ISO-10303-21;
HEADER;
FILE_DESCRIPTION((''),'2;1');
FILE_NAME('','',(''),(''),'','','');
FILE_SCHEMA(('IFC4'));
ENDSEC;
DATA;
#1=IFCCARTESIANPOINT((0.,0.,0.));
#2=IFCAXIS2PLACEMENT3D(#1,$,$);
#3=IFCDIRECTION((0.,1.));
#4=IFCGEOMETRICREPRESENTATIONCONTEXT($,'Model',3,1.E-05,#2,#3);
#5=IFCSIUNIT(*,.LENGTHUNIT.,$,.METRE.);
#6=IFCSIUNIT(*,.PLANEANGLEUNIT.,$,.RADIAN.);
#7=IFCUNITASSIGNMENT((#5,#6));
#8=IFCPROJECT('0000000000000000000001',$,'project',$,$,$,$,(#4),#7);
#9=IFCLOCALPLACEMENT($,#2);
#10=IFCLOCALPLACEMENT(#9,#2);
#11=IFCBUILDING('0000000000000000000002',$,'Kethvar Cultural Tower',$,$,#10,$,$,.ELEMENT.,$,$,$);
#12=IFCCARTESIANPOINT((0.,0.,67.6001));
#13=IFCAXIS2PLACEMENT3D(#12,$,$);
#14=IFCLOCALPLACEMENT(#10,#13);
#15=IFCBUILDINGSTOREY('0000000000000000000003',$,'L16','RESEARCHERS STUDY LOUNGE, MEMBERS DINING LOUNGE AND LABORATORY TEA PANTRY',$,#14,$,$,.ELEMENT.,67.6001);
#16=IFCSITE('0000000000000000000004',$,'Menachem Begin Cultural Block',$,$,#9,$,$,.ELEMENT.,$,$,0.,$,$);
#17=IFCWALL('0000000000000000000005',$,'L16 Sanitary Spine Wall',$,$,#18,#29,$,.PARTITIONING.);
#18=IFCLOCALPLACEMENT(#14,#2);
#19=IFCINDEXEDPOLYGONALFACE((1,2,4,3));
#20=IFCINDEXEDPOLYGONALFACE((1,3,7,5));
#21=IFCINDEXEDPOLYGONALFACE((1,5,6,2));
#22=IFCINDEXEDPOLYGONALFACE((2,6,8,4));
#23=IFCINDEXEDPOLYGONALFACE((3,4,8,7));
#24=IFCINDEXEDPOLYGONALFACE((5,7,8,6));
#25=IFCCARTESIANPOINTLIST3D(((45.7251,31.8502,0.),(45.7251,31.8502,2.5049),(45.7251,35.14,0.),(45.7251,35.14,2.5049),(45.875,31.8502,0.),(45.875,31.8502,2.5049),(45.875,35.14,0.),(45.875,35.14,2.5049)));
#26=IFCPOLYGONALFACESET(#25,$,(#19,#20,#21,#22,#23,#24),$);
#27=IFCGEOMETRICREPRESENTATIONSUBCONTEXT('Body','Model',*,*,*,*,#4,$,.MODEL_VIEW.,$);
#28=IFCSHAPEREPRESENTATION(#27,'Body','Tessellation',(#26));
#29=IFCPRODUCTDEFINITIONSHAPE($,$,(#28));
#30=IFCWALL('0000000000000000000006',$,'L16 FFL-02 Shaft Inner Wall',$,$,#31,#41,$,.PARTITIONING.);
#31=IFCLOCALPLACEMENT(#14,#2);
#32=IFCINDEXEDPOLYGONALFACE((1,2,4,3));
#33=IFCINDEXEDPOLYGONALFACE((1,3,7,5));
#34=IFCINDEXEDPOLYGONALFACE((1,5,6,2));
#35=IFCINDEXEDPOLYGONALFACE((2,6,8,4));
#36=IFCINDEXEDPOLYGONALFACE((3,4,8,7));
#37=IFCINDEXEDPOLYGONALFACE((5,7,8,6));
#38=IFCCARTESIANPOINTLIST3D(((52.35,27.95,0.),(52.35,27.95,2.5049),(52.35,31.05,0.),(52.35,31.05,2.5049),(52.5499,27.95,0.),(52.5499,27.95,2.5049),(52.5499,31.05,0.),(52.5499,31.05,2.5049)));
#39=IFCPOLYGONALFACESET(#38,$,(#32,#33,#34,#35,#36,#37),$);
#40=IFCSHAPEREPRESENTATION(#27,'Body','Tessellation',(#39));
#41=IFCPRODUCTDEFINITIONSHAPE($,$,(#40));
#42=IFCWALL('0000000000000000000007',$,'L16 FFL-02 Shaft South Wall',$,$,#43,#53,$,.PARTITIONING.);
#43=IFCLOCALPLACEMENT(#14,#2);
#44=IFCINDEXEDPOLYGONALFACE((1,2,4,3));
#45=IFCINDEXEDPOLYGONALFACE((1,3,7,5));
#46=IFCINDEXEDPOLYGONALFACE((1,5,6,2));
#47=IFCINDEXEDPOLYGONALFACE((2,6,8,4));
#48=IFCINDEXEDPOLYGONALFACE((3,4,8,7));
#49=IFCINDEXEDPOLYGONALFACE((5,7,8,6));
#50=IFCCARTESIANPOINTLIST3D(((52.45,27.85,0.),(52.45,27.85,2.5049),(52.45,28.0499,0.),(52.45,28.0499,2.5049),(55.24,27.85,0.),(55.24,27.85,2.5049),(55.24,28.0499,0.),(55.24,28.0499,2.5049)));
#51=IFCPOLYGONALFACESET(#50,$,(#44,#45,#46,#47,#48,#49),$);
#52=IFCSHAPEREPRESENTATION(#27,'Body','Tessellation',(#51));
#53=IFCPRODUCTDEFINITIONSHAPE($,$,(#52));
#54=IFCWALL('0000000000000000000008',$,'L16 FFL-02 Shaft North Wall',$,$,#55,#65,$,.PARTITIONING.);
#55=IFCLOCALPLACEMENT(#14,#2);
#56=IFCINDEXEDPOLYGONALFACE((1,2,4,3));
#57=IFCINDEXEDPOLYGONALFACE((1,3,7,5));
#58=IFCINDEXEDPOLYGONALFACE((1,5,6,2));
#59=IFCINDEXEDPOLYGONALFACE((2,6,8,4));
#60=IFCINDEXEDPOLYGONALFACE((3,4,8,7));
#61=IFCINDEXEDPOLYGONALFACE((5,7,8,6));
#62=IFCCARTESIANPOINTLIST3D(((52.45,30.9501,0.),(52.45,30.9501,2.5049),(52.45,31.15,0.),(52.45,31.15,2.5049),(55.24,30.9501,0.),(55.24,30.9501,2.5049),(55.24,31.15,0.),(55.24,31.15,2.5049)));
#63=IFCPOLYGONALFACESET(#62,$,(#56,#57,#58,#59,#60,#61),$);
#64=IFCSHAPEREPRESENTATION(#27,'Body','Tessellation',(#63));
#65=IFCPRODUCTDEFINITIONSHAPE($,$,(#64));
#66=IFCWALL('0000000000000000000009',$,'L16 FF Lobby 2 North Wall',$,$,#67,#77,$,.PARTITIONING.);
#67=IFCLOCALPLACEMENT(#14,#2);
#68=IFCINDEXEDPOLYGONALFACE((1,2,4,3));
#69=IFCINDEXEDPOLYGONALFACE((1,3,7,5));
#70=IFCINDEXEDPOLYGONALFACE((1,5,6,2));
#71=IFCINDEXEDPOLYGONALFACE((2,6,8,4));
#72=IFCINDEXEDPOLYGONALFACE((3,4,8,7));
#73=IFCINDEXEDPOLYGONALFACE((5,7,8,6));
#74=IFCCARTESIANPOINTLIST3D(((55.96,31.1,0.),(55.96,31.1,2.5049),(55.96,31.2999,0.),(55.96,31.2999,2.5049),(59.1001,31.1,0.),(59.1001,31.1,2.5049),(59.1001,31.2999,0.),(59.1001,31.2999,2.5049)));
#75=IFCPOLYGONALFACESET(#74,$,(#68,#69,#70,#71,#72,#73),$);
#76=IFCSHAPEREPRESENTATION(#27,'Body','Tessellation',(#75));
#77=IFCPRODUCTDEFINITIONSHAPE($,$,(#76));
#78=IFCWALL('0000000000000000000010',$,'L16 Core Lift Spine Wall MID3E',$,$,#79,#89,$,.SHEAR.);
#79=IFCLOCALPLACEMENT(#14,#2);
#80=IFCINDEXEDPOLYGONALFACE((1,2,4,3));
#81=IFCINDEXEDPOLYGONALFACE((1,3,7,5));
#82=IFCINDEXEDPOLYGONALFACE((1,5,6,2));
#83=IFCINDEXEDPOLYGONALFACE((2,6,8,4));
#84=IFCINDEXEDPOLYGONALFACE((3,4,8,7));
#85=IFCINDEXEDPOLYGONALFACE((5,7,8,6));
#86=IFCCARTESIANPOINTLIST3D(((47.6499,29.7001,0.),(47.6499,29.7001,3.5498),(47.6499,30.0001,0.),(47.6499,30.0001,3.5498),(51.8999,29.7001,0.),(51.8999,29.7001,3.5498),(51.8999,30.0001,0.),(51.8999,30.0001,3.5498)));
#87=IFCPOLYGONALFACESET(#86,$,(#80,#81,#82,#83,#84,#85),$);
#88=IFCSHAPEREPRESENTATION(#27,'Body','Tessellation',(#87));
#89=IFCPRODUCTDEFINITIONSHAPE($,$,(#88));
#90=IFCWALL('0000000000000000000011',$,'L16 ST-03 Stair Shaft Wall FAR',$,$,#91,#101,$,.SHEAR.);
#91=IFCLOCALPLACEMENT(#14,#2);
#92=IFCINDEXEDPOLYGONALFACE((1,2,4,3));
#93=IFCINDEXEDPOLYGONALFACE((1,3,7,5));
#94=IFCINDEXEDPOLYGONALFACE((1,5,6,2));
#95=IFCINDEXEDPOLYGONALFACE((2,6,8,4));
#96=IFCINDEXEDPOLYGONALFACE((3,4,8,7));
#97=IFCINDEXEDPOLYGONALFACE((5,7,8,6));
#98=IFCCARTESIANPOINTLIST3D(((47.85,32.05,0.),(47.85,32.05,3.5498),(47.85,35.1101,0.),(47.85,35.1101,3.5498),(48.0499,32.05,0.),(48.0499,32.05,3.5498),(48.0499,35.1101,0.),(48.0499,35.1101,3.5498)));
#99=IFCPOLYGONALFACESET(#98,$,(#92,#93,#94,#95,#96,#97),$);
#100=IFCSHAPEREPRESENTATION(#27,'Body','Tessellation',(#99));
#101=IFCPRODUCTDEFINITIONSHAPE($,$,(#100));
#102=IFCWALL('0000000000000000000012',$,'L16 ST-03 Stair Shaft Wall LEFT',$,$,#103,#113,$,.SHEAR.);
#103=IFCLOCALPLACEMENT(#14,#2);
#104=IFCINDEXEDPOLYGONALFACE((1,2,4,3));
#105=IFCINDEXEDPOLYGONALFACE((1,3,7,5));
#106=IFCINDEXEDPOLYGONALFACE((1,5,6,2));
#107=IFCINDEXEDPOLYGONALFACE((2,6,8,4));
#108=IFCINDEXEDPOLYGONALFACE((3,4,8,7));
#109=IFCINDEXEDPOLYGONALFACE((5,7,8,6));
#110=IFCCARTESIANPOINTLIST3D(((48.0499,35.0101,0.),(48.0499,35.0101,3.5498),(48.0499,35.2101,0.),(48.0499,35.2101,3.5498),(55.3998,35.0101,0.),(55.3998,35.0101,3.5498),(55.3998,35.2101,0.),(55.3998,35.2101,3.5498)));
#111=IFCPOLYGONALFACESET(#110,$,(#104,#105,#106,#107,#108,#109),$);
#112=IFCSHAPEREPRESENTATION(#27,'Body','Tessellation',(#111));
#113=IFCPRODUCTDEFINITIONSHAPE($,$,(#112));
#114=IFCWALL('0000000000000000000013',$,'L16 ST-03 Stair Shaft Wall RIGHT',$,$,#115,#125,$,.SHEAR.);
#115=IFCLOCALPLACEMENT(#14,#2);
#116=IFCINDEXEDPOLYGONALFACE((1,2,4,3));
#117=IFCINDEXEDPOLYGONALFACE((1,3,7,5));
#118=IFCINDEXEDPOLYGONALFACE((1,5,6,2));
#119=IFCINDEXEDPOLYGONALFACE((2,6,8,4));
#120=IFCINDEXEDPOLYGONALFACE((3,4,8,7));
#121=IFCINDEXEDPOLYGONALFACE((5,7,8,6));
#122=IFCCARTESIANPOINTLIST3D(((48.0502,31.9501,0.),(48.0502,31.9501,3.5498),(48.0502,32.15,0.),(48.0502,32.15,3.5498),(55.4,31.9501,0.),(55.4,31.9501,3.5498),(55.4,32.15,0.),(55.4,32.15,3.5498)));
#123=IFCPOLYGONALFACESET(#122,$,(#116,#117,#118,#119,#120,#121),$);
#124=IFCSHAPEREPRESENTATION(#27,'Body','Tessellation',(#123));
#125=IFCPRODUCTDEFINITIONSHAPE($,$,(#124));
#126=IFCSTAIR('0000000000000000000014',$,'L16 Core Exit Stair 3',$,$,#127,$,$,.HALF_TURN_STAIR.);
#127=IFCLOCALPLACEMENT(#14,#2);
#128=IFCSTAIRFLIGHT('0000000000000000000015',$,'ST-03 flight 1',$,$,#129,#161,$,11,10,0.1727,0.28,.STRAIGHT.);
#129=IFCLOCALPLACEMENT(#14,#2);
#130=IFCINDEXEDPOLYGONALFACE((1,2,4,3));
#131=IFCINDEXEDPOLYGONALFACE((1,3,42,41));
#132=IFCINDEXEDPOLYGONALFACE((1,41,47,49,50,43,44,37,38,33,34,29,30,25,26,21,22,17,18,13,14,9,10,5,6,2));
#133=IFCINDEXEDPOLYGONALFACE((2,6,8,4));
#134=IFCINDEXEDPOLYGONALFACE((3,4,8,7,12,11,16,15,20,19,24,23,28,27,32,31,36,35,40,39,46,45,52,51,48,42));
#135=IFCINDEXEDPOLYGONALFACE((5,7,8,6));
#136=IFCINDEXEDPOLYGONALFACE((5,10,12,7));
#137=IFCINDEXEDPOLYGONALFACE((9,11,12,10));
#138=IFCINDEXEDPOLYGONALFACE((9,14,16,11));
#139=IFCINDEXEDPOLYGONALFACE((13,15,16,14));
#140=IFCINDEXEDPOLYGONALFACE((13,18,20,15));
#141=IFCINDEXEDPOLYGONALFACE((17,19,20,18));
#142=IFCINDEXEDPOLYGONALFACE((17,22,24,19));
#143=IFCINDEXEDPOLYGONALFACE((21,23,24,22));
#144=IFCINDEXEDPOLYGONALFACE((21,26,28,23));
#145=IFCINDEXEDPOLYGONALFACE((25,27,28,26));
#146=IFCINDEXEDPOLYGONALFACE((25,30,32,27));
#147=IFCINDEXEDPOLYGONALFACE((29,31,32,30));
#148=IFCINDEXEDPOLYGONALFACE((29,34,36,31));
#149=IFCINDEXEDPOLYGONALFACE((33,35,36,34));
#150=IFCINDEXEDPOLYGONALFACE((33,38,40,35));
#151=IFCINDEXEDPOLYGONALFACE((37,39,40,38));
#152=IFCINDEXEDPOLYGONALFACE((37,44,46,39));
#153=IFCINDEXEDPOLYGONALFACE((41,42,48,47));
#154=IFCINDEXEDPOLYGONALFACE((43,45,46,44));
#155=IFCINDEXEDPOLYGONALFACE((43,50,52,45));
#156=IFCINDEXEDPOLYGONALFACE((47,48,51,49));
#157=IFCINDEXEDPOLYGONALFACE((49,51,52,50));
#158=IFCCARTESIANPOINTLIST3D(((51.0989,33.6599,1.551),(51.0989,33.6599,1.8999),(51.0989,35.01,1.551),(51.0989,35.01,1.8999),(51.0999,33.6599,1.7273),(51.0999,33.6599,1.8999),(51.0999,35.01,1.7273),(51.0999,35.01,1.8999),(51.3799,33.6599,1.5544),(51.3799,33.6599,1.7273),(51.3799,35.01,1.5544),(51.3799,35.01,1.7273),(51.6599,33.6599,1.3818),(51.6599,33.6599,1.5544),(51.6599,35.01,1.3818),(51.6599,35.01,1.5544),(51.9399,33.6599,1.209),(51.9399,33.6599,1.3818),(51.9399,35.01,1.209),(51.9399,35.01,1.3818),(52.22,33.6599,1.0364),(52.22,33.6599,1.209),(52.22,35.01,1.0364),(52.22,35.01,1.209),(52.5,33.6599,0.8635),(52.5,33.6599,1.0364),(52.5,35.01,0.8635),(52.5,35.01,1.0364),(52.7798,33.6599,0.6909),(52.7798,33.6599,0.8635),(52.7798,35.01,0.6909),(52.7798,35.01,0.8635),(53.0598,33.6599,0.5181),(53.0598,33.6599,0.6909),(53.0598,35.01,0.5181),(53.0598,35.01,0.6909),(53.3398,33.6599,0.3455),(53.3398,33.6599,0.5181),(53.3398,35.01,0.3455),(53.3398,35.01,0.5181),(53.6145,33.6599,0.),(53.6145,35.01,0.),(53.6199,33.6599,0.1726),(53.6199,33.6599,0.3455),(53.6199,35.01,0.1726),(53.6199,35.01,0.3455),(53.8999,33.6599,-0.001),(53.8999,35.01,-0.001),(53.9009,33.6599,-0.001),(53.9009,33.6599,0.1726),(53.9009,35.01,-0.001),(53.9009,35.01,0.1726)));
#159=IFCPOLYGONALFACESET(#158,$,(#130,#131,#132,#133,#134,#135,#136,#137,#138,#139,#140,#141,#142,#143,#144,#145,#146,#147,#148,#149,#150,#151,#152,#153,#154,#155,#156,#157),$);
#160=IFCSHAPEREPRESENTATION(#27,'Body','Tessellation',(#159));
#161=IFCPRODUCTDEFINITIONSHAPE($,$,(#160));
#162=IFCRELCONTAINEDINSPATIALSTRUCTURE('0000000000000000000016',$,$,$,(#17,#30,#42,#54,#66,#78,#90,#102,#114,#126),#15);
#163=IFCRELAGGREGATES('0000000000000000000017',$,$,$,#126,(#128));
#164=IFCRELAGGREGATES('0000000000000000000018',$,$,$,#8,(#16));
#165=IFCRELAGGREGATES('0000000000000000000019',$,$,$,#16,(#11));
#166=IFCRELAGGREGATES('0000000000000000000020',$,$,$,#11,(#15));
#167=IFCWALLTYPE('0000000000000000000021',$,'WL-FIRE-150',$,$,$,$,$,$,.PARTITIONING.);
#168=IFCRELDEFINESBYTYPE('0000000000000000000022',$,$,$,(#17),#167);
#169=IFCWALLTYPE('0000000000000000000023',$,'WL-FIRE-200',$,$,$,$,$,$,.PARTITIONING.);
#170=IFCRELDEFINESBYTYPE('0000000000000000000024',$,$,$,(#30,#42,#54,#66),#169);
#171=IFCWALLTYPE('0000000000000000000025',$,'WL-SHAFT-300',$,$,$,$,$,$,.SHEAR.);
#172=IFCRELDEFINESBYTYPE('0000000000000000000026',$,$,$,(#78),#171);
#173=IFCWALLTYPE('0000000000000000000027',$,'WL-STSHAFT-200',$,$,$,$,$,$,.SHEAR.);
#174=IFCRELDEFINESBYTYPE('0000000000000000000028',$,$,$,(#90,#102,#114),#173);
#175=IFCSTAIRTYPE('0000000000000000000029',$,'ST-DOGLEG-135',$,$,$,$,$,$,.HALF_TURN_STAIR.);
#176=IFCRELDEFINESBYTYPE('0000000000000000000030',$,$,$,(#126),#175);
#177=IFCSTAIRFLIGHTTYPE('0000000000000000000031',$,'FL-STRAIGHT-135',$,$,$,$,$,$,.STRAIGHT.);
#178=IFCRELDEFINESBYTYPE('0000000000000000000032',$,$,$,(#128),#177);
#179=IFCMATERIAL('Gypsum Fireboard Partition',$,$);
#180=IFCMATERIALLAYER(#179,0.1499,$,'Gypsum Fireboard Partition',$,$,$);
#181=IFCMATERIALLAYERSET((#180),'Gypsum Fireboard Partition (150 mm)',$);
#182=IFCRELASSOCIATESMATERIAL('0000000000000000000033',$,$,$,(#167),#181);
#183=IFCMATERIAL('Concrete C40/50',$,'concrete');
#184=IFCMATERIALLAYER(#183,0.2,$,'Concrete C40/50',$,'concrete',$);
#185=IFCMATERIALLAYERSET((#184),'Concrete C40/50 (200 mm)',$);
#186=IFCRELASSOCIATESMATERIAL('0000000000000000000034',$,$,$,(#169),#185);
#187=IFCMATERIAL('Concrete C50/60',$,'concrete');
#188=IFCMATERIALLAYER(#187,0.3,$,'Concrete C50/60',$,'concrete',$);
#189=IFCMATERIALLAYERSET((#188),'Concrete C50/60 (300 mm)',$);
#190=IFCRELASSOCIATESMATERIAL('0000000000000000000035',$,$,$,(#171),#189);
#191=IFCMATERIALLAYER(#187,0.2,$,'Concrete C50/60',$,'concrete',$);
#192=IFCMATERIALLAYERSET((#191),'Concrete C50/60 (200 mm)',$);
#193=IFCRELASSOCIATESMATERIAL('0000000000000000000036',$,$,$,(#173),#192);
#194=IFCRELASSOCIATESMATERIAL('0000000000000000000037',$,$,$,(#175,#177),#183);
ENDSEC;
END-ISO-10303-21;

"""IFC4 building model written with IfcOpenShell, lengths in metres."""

from ifc_helpers import new_model, si_unit, direction, frame, frame_2d, origin, place, context, subcontext, project, spatial, polyline, rectangle, outline, extrude, material, layer, layer_set, type_object, element, aggregate, save


model = new_model("IFC4")

# Units and contexts
model_context = context("Model", 3, precision=1e-05, world=origin(), true_north=direction((0.0, 1.0)))
body_context = subcontext(model_context, "Body", "Model", "MODEL_VIEW")
ifc_project = project(units=[si_unit("LENGTHUNIT", "METRE"), si_unit("PLANEANGLEUNIT", "RADIAN")], contexts=[model_context])

# Site, building, storey
site_placement = place(None, origin())
site = spatial("IfcSite", under=ifc_project, at=site_placement, Name="Menachem Begin Cultural Block", CompositionType="ELEMENT", RefElevation=0.0)
building_placement = place(site_placement, origin())
building = spatial("IfcBuilding", under=site, at=building_placement, Name="Kethvar Cultural Tower", CompositionType="ELEMENT")
storey_placement = place(building_placement, frame((0.0, 0.0, 67.6001)))
storey = spatial("IfcBuildingStorey", under=building, at=storey_placement, Name="L16", Description="RESEARCHERS STUDY LOUNGE, MEMBERS DINING LOUNGE AND LABORATORY TEA PANTRY", CompositionType="ELEMENT", Elevation=67.6001)

# Walls
ifc_material_1 = material(Name="Gypsum Fireboard Partition")
ifc_layer_1 = layer(ifc_material_1, 0.1499, Name="Gypsum Fireboard Partition")
ifc_layer_set_1 = layer_set([ifc_layer_1], Name="Gypsum Fireboard Partition (150 mm)")
wall_type_1 = type_object("IfcWallType", Name="WL-FIRE-150", PredefinedType="PARTITIONING", material=ifc_layer_set_1)
wall_1_placement = place(storey_placement, frame((45.8, 31.8501, 0.0), z_axis=(0.0, 0.0, 1.0), x_axis=(0.0, 1.0, 0.0)))
element("IfcWall", 1, at=wall_1_placement, inside=storey, type_object=wall_type_1, Name="L16 Sanitary Spine Wall", PredefinedType="PARTITIONING", context=body_context, shape_type="SweptSolid", body=[
    extrude(rectangle(XDim=3.2898, YDim=0.1499, at=frame_2d((1.645, 0.0))), origin(), (0.0, 0.0, 1.0), 2.5049),
])
ifc_material_2 = material(Name="Concrete C40/50", Category="concrete")
ifc_layer_2 = layer(ifc_material_2, 0.2, Name="Concrete C40/50", Category="concrete")
ifc_layer_set_2 = layer_set([ifc_layer_2], Name="Concrete C40/50 (200 mm)")
wall_type_2 = type_object("IfcWallType", Name="WL-FIRE-200", PredefinedType="PARTITIONING", material=ifc_layer_set_2)
wall_2_placement = place(storey_placement, frame((52.45, 27.95, 0.0), z_axis=(0.0, 0.0, 1.0), x_axis=(0.0, 1.0, 0.0)))
element("IfcWall", 2, at=wall_2_placement, inside=storey, type_object=wall_type_2, Name="L16 FFL-02 Shaft Inner Wall", PredefinedType="PARTITIONING", context=body_context, shape_type="SweptSolid", body=[
    extrude(rectangle(XDim=3.1001, YDim=0.2, at=frame_2d((1.55, 0.0))), origin(), (0.0, 0.0, 1.0), 2.5049),
])
for number, where, z_axis, x_axis, name in (
    (3, (52.45, 27.95, 0.0), (0.0, 0.0, 1.0), (1.0, 0.0, 0.0), "L16 FFL-02 Shaft South Wall"),
    (4, (52.45, 31.05, 0.0), (0.0, 0.0, 1.0), (1.0, 0.0, 0.0), "L16 FFL-02 Shaft North Wall"),
):
    element("IfcWall", number, at=place(storey_placement, frame(where, z_axis=z_axis, x_axis=x_axis)), inside=storey, type_object=wall_type_2, Name=name, PredefinedType="PARTITIONING", context=body_context, shape_type="SweptSolid", body=[
        extrude(rectangle(XDim=2.79, YDim=0.2, at=frame_2d((1.395, 0.0))), origin(), (0.0, 0.0, 1.0), 2.5049),
    ])
wall_3_placement = place(storey_placement, frame((55.96, 31.2, 0.0), z_axis=(0.0, 0.0, 1.0), x_axis=(1.0, 0.0, 0.0)))
element("IfcWall", 5, at=wall_3_placement, inside=storey, type_object=wall_type_2, Name="L16 FF Lobby 2 North Wall", PredefinedType="PARTITIONING", context=body_context, shape_type="SweptSolid", body=[
    extrude(rectangle(XDim=3.1401, YDim=0.2, at=frame_2d((1.5701, 0.0))), origin(), (0.0, 0.0, 1.0), 2.5049),
])
ifc_material_3 = material(Name="Concrete C50/60", Category="concrete")
ifc_layer_3 = layer(ifc_material_3, 0.3, Name="Concrete C50/60", Category="concrete")
ifc_layer_set_3 = layer_set([ifc_layer_3], Name="Concrete C50/60 (300 mm)")
wall_type_3 = type_object("IfcWallType", Name="WL-SHAFT-300", PredefinedType="SHEAR", material=ifc_layer_set_3)
wall_4_placement = place(storey_placement, frame((47.6499, 29.8501, 0.0), z_axis=(0.0, 0.0, 1.0), x_axis=(1.0, 0.0, 0.0)))
element("IfcWall", 6, at=wall_4_placement, inside=storey, type_object=wall_type_3, Name="L16 Core Lift Spine Wall MID3E", PredefinedType="SHEAR", context=body_context, shape_type="SweptSolid", body=[
    extrude(rectangle(XDim=4.25, YDim=0.3, at=frame_2d((2.125, 0.0))), origin(), (0.0, 0.0, 1.0), 3.5498),
])
ifc_layer_4 = layer(ifc_material_3, 0.2, Name="Concrete C50/60", Category="concrete")
ifc_layer_set_4 = layer_set([ifc_layer_4], Name="Concrete C50/60 (200 mm)")
wall_type_4 = type_object("IfcWallType", Name="WL-STSHAFT-200", PredefinedType="SHEAR", material=ifc_layer_set_4)
wall_5_placement = place(storey_placement, frame((47.95, 32.05, 0.0), z_axis=(0.0, 0.0, 1.0), x_axis=(0.0, 1.0, 0.0)))
element("IfcWall", 7, at=wall_5_placement, inside=storey, type_object=wall_type_4, Name="L16 ST-03 Stair Shaft Wall FAR", PredefinedType="SHEAR", context=body_context, shape_type="SweptSolid", body=[
    extrude(rectangle(XDim=3.0601, YDim=0.2, at=frame_2d((1.53, 0.0))), origin(), (0.0, 0.0, 1.0), 3.5498),
])
for number, where, z_axis, x_axis, name in (
    (8, (48.05, 35.1101, 0.0), (0.0, 0.0, 1.0), (1.0, 0.0, 0.0), "L16 ST-03 Stair Shaft Wall LEFT"),
    (9, (55.3999, 32.05, 0.0), (0.0, 0.0, 1.0), (-1.0, 0.0, 0.0), "L16 ST-03 Stair Shaft Wall RIGHT"),
):
    element("IfcWall", number, at=place(storey_placement, frame(where, z_axis=z_axis, x_axis=x_axis)), inside=storey, type_object=wall_type_4, Name=name, PredefinedType="SHEAR", context=body_context, shape_type="SweptSolid", body=[
        extrude(rectangle(XDim=7.3499, YDim=0.2, at=frame_2d((3.6748, 0.0))), origin(), (0.0, 0.0, 1.0), 3.5498),
    ])

# Stair, stair flight
stair_type = type_object("IfcStairType", Name="ST-DOGLEG-135", PredefinedType="HALF_TURN_STAIR", material=ifc_material_2)
stair_placement = place(storey_placement, origin())
stair = element("IfcStair", 10, at=stair_placement, inside=storey, type_object=stair_type, Name="L16 Core Exit Stair 3", PredefinedType="HALF_TURN_STAIR")
stair_flight_type = type_object("IfcStairFlightType", Name="FL-STRAIGHT-135", PredefinedType="STRAIGHT", material=ifc_material_2)
stair_flight_1_placement = place(storey_placement, frame((53.8999, 34.335, 0.0), z_axis=(0.0, 0.0, 1.0), x_axis=(-1.0, 0.0, 0.0)))
stair_flight_1 = element("IfcStairFlight", 11, at=stair_flight_1_placement, type_object=stair_flight_type, Name="ST-03 flight 1", NumberOfRisers=11, NumberOfTreads=10, PredefinedType="STRAIGHT", RiserHeight=0.1727, TreadLength=0.28, context=body_context, shape_type="SweptSolid", body=[
    extrude(outline(polyline([(-0.001, -0.001), (-0.001, 0.1726), (0.28, 0.1726), (0.28, 0.3455), (0.5601, 0.3455), (0.5601, 0.5181), (0.8401, 0.5181), (0.8401, 0.6909), (1.1201, 0.6909), (1.1201, 0.8635), (1.3999, 0.8635), (1.3999, 1.0364), (1.6799, 1.0364), (1.6799, 1.209), (1.96, 1.209), (1.96, 1.3818), (2.24, 1.3818), (2.24, 1.5544), (2.52, 1.5544), (2.52, 1.7273), (2.8, 1.7273), (2.8, 1.8999), (2.801, 1.8999), (2.801, 1.551), (0.2854, 0.0), (0.0, -0.001), (-0.001, -0.001)])), frame((0.0, 0.675, 0.0), z_axis=(0.0, -1.0, 0.0), x_axis=(1.0, 0.0, 0.0)), (0.0, 0.0, 1.0), 1.3501),
])
aggregate(stair, [stair_flight_1])

save(model, "model.ifc")
